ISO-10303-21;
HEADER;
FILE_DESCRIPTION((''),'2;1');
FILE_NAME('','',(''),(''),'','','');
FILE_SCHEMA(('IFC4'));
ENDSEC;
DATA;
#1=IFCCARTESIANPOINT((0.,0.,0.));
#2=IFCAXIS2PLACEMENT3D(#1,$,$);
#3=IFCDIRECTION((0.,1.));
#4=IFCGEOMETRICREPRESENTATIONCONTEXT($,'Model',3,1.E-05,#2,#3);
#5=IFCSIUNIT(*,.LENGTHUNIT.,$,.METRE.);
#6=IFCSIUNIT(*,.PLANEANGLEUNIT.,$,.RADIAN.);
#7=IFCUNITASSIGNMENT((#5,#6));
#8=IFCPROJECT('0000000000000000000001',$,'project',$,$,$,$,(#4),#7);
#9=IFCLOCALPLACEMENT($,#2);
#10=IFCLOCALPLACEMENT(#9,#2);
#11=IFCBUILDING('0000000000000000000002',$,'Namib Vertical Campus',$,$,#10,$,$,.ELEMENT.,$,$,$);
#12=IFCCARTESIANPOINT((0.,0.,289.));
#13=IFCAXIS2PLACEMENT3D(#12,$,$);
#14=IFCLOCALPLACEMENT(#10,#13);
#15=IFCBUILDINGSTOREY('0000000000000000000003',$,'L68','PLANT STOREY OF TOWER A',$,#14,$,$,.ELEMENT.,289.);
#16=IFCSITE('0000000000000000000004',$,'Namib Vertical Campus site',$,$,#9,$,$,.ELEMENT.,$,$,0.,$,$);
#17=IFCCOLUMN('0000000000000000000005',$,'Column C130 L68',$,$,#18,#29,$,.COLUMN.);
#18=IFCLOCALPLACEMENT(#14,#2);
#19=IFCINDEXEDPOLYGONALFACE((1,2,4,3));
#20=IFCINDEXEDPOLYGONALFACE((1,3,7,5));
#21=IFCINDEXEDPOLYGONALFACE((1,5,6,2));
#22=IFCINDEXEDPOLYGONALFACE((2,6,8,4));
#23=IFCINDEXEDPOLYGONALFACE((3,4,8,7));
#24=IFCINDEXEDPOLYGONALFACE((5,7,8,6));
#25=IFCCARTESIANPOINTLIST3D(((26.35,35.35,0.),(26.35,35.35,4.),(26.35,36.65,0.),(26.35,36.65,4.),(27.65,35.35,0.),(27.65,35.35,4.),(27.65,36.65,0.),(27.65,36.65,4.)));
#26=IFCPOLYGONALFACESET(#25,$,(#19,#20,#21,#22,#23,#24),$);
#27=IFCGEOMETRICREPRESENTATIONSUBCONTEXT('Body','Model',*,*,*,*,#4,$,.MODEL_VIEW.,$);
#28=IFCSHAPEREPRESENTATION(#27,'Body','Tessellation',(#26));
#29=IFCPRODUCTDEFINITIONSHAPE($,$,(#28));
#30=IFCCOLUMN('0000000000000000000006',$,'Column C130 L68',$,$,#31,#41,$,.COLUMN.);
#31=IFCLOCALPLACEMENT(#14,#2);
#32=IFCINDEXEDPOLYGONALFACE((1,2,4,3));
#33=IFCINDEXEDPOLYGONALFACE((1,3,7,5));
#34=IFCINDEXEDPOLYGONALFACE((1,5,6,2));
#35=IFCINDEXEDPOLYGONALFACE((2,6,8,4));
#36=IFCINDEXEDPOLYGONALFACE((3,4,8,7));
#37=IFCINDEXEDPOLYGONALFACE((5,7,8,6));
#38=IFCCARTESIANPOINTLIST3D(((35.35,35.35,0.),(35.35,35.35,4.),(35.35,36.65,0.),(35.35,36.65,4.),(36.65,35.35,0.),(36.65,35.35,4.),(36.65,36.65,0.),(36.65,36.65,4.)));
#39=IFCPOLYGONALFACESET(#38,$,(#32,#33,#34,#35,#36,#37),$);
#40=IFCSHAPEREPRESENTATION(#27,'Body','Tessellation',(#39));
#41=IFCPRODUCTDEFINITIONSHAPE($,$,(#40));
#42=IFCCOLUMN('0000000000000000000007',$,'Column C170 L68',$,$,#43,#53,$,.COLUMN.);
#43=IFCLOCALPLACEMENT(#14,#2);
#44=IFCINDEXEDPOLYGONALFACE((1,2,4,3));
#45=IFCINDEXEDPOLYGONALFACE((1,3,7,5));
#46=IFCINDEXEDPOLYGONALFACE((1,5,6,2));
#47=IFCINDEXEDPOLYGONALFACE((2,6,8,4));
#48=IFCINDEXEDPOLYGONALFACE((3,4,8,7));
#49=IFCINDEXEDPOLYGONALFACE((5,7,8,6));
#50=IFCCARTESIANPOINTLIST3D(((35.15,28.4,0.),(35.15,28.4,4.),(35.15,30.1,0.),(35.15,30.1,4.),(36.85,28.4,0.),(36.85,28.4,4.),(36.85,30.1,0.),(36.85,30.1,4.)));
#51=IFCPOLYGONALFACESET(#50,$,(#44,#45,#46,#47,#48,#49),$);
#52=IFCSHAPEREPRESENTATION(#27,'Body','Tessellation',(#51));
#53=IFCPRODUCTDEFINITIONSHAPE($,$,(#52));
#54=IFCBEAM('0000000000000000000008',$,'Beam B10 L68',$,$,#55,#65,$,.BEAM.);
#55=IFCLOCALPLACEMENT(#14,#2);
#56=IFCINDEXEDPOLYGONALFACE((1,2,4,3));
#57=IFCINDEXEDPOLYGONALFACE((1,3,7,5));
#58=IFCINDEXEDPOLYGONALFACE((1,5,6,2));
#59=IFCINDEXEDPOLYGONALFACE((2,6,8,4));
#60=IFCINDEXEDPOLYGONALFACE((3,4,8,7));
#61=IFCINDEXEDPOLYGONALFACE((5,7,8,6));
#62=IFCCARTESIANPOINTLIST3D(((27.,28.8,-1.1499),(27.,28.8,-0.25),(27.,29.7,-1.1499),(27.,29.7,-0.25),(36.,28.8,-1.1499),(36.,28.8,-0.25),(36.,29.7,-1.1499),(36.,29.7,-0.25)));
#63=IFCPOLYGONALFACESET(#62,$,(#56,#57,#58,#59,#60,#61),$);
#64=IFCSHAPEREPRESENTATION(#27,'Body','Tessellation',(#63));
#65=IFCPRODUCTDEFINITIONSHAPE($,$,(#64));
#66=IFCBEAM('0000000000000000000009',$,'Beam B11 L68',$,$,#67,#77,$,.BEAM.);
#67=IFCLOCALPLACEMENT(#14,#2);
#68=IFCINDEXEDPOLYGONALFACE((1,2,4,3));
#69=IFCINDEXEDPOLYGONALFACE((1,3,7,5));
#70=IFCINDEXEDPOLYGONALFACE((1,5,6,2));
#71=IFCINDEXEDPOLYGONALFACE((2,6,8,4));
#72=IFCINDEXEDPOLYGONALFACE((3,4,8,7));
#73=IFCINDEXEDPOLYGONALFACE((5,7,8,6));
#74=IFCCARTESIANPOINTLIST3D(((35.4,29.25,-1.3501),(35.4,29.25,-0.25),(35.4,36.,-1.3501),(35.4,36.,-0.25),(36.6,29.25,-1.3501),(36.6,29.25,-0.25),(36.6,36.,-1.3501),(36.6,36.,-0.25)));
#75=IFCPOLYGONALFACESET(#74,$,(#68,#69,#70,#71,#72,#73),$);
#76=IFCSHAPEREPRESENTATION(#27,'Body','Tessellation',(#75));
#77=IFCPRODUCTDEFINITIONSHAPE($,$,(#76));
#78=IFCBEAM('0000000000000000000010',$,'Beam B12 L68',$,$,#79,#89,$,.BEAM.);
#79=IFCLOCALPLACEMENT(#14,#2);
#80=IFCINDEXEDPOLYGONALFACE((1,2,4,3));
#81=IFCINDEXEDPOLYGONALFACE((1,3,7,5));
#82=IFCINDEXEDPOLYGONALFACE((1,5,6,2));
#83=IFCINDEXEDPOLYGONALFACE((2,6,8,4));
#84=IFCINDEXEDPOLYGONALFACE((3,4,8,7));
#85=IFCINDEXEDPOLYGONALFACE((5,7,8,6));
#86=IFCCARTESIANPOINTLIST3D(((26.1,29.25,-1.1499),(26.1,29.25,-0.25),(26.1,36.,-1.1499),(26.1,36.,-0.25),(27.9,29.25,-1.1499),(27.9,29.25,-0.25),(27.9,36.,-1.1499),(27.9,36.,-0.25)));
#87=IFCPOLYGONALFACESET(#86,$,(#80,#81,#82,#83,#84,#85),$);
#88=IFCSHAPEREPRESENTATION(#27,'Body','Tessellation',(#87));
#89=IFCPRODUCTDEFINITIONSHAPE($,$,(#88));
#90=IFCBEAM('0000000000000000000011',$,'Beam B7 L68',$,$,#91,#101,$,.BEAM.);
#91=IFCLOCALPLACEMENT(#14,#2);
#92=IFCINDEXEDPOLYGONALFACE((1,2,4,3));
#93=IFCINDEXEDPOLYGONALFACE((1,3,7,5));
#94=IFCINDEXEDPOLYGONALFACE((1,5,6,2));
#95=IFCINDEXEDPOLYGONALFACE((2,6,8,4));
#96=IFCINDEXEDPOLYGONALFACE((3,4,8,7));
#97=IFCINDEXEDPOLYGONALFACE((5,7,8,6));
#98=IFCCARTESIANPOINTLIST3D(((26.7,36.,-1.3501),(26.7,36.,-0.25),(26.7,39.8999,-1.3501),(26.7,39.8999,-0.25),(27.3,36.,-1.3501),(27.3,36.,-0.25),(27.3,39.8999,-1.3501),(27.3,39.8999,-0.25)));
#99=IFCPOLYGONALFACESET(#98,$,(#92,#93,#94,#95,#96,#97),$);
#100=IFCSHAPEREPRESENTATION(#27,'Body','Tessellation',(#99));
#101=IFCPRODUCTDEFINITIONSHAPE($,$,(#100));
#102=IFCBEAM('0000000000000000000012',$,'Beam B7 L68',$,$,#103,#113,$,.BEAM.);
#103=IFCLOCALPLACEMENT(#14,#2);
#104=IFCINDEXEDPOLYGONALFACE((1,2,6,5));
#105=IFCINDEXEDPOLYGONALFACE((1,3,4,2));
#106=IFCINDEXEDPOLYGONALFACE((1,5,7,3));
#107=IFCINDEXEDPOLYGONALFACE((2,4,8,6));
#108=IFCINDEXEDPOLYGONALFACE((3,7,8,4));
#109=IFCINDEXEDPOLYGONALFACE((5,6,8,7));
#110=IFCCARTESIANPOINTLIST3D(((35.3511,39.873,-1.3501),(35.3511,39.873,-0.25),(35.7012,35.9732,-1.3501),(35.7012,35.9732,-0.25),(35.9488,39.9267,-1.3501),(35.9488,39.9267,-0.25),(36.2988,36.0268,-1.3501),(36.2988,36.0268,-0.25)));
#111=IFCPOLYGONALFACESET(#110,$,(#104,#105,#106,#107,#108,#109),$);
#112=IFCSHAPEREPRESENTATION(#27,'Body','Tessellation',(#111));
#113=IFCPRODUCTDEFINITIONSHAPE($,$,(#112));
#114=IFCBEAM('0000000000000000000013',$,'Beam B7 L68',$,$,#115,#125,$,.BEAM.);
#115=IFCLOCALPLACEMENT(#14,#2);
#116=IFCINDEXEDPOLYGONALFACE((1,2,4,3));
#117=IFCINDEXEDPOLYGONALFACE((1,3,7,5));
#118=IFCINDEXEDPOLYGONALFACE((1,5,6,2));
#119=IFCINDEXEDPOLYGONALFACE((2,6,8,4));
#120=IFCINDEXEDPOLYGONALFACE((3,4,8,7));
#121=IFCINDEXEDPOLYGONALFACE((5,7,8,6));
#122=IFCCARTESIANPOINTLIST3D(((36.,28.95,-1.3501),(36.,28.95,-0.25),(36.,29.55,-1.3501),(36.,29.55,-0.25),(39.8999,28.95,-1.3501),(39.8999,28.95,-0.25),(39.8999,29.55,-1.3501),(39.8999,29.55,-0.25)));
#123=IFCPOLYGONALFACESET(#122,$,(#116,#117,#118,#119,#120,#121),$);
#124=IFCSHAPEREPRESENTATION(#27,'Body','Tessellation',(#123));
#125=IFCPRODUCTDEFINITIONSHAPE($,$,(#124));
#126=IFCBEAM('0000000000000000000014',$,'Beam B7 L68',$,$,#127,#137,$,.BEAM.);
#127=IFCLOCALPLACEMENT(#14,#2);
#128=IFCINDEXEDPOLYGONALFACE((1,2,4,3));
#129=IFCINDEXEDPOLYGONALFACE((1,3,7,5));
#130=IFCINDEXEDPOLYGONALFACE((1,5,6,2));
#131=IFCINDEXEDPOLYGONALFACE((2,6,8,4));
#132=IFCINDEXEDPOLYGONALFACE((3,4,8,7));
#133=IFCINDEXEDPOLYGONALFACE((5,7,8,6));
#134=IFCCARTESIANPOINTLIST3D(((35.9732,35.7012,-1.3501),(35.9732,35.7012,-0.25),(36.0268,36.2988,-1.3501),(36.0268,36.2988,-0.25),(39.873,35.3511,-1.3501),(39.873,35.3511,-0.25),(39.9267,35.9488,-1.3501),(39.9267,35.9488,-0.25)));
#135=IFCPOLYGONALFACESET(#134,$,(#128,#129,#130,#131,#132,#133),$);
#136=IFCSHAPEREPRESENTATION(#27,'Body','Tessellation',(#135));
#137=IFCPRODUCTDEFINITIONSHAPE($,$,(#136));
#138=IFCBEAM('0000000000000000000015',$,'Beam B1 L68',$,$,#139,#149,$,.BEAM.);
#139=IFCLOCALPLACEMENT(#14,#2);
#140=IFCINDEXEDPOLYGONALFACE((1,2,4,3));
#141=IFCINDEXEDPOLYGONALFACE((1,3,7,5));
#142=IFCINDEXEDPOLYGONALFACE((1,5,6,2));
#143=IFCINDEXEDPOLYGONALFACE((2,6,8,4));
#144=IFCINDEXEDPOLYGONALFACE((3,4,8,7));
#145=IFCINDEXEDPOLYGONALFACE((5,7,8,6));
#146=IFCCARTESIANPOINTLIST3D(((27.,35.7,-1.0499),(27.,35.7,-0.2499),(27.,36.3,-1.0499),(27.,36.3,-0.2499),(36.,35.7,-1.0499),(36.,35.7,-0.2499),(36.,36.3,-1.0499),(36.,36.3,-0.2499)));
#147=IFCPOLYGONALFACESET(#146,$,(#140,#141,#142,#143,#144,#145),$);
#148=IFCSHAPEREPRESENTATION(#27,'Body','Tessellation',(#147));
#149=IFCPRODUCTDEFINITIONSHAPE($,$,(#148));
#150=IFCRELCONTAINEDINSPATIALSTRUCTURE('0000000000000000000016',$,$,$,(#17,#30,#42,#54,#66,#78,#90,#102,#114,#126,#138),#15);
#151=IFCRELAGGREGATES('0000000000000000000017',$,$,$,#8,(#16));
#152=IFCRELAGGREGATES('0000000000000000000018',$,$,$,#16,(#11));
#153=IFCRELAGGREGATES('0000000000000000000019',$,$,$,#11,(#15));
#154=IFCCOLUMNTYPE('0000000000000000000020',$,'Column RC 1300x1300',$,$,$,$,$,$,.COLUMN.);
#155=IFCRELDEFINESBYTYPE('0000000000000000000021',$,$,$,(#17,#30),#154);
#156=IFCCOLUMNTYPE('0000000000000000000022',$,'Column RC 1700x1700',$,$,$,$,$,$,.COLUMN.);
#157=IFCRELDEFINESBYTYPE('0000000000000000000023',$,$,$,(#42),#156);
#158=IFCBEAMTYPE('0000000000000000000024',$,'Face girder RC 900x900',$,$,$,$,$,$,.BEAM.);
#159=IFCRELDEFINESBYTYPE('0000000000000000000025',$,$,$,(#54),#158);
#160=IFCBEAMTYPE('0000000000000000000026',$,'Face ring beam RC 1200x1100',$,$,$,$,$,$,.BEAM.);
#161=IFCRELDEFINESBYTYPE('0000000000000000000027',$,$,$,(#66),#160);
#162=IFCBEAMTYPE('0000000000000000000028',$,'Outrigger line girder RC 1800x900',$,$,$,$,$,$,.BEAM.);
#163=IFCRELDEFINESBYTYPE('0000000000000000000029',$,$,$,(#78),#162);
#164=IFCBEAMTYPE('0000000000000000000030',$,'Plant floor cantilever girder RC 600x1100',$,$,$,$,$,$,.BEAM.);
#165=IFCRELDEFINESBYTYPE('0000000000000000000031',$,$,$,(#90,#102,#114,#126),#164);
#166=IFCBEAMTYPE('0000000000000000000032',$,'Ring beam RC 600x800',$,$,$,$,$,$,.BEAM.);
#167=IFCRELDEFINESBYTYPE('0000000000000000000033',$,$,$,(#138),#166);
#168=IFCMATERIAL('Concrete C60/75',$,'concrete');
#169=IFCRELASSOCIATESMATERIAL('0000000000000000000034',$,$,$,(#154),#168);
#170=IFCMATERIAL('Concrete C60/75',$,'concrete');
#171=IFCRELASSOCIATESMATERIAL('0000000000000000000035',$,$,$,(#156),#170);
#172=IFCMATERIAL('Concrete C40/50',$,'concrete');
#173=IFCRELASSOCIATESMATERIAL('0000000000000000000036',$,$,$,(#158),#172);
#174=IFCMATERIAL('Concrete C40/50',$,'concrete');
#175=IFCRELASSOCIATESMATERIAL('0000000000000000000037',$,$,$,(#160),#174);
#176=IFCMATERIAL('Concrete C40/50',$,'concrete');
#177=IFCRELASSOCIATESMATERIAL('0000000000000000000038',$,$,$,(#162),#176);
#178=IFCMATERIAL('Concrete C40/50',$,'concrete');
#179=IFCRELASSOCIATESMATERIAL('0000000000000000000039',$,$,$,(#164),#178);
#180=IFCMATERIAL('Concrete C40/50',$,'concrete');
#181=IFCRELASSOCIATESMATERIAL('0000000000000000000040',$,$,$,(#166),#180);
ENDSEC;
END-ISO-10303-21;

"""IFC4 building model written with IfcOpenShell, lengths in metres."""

from ifc_helpers import new_model, si_unit, direction, frame, origin, origin_2d, place, context, subcontext, project, spatial, rectangle, extrude, material, material_profile, profile_set, type_object, element, save


model = new_model("IFC4")

# Units and contexts
model_context = context("Model", 3, precision=1e-05, world=origin(), true_north=direction((0.0, 1.0)))
body_context = subcontext(model_context, "Body", "Model", "MODEL_VIEW")
ifc_project = project(units=[si_unit("LENGTHUNIT", "METRE"), si_unit("PLANEANGLEUNIT", "RADIAN")], contexts=[model_context])

# Site, building, storey
site_placement = place(None, origin())
site = spatial("IfcSite", under=ifc_project, at=site_placement, Name="Namib Vertical Campus site", CompositionType="ELEMENT", RefElevation=0.0)
building_placement = place(site_placement, origin())
building = spatial("IfcBuilding", under=site, at=building_placement, Name="Namib Vertical Campus", CompositionType="ELEMENT")
storey_placement = place(building_placement, frame((0.0, 0.0, 289.0)))
storey = spatial("IfcBuildingStorey", under=building, at=storey_placement, Name="L68", Description="PLANT STOREY OF TOWER A", CompositionType="ELEMENT", Elevation=289.0)

# Columns
ifc_material_1 = material(Name="Concrete C60/75", Category="concrete")
ifc_material_profile_1 = material_profile(ifc_material_1, rectangle(XDim=1.3, YDim=1.3, at=origin_2d()))
ifc_profile_set_1 = profile_set([ifc_material_profile_1], Name="Concrete C60/75")
column_type_1 = type_object("IfcColumnType", Name="Column RC 1300x1300", PredefinedType="COLUMN", material=ifc_profile_set_1)
for number, where, z_axis, x_axis, name in (
    (1, (27.0, 36.0, 0.0), (0.0, 0.0, 1.0), (1.0, 0.0, 0.0), "Column C130 L68"),
    (2, (36.0, 36.0, 0.0), (0.0, 0.0, 1.0), (1.0, 0.0, 0.0), "Column C130 L68"),
):
    element("IfcColumn", number, at=place(storey_placement, frame(where, z_axis=z_axis, x_axis=x_axis)), inside=storey, type_object=column_type_1, Name=name, PredefinedType="COLUMN", context=body_context, shape_type="SweptSolid", body=[
        extrude(rectangle(XDim=1.3, YDim=1.3, at=origin_2d()), origin(), (0.0, 0.0, 1.0), 4.0),
    ])
ifc_material_2 = material(Name="Concrete C60/75", Category="concrete")
ifc_material_profile_2 = material_profile(ifc_material_2, rectangle(XDim=1.7, YDim=1.7, at=origin_2d()))
ifc_profile_set_2 = profile_set([ifc_material_profile_2], Name="Concrete C60/75")
column_type_2 = type_object("IfcColumnType", Name="Column RC 1700x1700", PredefinedType="COLUMN", material=ifc_profile_set_2)
column_placement = place(storey_placement, frame((36.0, 29.25, 0.0), z_axis=(0.0, 0.0, 1.0), x_axis=(1.0, 0.0, 0.0)))
element("IfcColumn", 3, at=column_placement, inside=storey, type_object=column_type_2, Name="Column C170 L68", PredefinedType="COLUMN", context=body_context, shape_type="SweptSolid", body=[
    extrude(rectangle(XDim=1.7, YDim=1.7, at=origin_2d()), origin(), (0.0, 0.0, 1.0), 4.0),
])

# Beams
ifc_material_3 = material(Name="Concrete C40/50", Category="concrete")
ifc_material_profile_3 = material_profile(ifc_material_3, rectangle(XDim=0.8999, YDim=0.8999, at=origin_2d()))
ifc_profile_set_3 = profile_set([ifc_material_profile_3], Name="Concrete C40/50")
beam_type_1 = type_object("IfcBeamType", Name="Face girder RC 900x900", PredefinedType="BEAM", material=ifc_profile_set_3)
beam_1_placement = place(storey_placement, frame((36.0, 29.25, -0.7), z_axis=(-1.0, 0.0, 0.0), x_axis=(0.0, -1.0, 0.0)))
element("IfcBeam", 4, at=beam_1_placement, inside=storey, type_object=beam_type_1, Name="Beam B10 L68", PredefinedType="BEAM", context=body_context, shape_type="SweptSolid", body=[
    extrude(rectangle(XDim=0.8999, YDim=0.8999, at=origin_2d()), origin(), (0.0, 0.0, 1.0), 9.0),
])
ifc_material_4 = material(Name="Concrete C40/50", Category="concrete")
ifc_material_profile_4 = material_profile(ifc_material_4, rectangle(XDim=1.2, YDim=1.1001, at=origin_2d()))
ifc_profile_set_4 = profile_set([ifc_material_profile_4], Name="Concrete C40/50")
beam_type_2 = type_object("IfcBeamType", Name="Face ring beam RC 1200x1100", PredefinedType="BEAM", material=ifc_profile_set_4)
beam_2_placement = place(storey_placement, frame((36.0, 29.25, -0.8), z_axis=(0.0, 1.0, 0.0), x_axis=(-1.0, 0.0, 0.0)))
element("IfcBeam", 5, at=beam_2_placement, inside=storey, type_object=beam_type_2, Name="Beam B11 L68", PredefinedType="BEAM", context=body_context, shape_type="SweptSolid", body=[
    extrude(rectangle(XDim=1.2, YDim=1.1001, at=origin_2d()), origin(), (0.0, 0.0, 1.0), 6.75),
])
ifc_material_5 = material(Name="Concrete C40/50", Category="concrete")
ifc_material_profile_5 = material_profile(ifc_material_5, rectangle(XDim=1.8, YDim=0.8999, at=origin_2d()))
ifc_profile_set_5 = profile_set([ifc_material_profile_5], Name="Concrete C40/50")
beam_type_3 = type_object("IfcBeamType", Name="Outrigger line girder RC 1800x900", PredefinedType="BEAM", material=ifc_profile_set_5)
beam_3_placement = place(storey_placement, frame((27.0, 36.0, -0.7), z_axis=(0.0, -1.0, 0.0), x_axis=(1.0, 0.0, 0.0)))
element("IfcBeam", 6, at=beam_3_placement, inside=storey, type_object=beam_type_3, Name="Beam B12 L68", PredefinedType="BEAM", context=body_context, shape_type="SweptSolid", body=[
    extrude(rectangle(XDim=1.8, YDim=0.8999, at=origin_2d()), origin(), (0.0, 0.0, 1.0), 6.75),
])
ifc_material_6 = material(Name="Concrete C40/50", Category="concrete")
ifc_material_profile_6 = material_profile(ifc_material_6, rectangle(XDim=0.6001, YDim=1.1001, at=origin_2d()))
ifc_profile_set_6 = profile_set([ifc_material_profile_6], Name="Concrete C40/50")
beam_type_4 = type_object("IfcBeamType", Name="Plant floor cantilever girder RC 600x1100", PredefinedType="BEAM", material=ifc_profile_set_6)
beam_4_placement = place(storey_placement, frame((27.0, 36.0, -0.8), z_axis=(0.0, 1.0, 0.0), x_axis=(-1.0, 0.0, 0.0)))
element("IfcBeam", 7, at=beam_4_placement, inside=storey, type_object=beam_type_4, Name="Beam B7 L68", PredefinedType="BEAM", context=body_context, shape_type="SweptSolid", body=[
    extrude(rectangle(XDim=0.6001, YDim=1.1001, at=origin_2d()), origin(), (0.0, 0.0, 1.0), 3.8999),
])
beam_5_placement = place(storey_placement, frame((36.0, 36.0, -0.8), z_axis=(-0.089411, 0.995995, 0.0), x_axis=(-0.995995, -0.089411, 0.0)))
element("IfcBeam", 8, at=beam_5_placement, inside=storey, type_object=beam_type_4, Name="Beam B7 L68", PredefinedType="BEAM", context=body_context, shape_type="SweptSolid", body=[
    extrude(rectangle(XDim=0.6001, YDim=1.1001, at=origin_2d()), origin(), (0.0, 0.0, 1.0), 3.9155),
])
beam_6_placement = place(storey_placement, frame((36.0, 29.25, -0.8), z_axis=(1.0, 0.0, 0.0), x_axis=(0.0, 1.0, 0.0)))
element("IfcBeam", 9, at=beam_6_placement, inside=storey, type_object=beam_type_4, Name="Beam B7 L68", PredefinedType="BEAM", context=body_context, shape_type="SweptSolid", body=[
    extrude(rectangle(XDim=0.6001, YDim=1.1001, at=origin_2d()), origin(), (0.0, 0.0, 1.0), 3.8999),
])
beam_7_placement = place(storey_placement, frame((36.0, 36.0, -0.8), z_axis=(0.995995, -0.089411, 0.0), x_axis=(0.089411, 0.995995, 0.0)))
element("IfcBeam", 10, at=beam_7_placement, inside=storey, type_object=beam_type_4, Name="Beam B7 L68", PredefinedType="BEAM", context=body_context, shape_type="SweptSolid", body=[
    extrude(rectangle(XDim=0.6001, YDim=1.1001, at=origin_2d()), origin(), (0.0, 0.0, 1.0), 3.9155),
])
ifc_material_7 = material(Name="Concrete C40/50", Category="concrete")
ifc_material_profile_7 = material_profile(ifc_material_7, rectangle(XDim=0.6001, YDim=0.8, at=origin_2d()))
ifc_profile_set_7 = profile_set([ifc_material_profile_7], Name="Concrete C40/50")
beam_type_5 = type_object("IfcBeamType", Name="Ring beam RC 600x800", PredefinedType="BEAM", material=ifc_profile_set_7)
beam_8_placement = place(storey_placement, frame((27.0, 36.0, -0.6499), z_axis=(1.0, 0.0, 0.0), x_axis=(0.0, 1.0, 0.0)))
element("IfcBeam", 11, at=beam_8_placement, inside=storey, type_object=beam_type_5, Name="Beam B1 L68", PredefinedType="BEAM", context=body_context, shape_type="SweptSolid", body=[
    extrude(rectangle(XDim=0.6001, YDim=0.8, at=origin_2d()), origin(), (0.0, 0.0, 1.0), 9.0),
])

save(model, "model.ifc")
